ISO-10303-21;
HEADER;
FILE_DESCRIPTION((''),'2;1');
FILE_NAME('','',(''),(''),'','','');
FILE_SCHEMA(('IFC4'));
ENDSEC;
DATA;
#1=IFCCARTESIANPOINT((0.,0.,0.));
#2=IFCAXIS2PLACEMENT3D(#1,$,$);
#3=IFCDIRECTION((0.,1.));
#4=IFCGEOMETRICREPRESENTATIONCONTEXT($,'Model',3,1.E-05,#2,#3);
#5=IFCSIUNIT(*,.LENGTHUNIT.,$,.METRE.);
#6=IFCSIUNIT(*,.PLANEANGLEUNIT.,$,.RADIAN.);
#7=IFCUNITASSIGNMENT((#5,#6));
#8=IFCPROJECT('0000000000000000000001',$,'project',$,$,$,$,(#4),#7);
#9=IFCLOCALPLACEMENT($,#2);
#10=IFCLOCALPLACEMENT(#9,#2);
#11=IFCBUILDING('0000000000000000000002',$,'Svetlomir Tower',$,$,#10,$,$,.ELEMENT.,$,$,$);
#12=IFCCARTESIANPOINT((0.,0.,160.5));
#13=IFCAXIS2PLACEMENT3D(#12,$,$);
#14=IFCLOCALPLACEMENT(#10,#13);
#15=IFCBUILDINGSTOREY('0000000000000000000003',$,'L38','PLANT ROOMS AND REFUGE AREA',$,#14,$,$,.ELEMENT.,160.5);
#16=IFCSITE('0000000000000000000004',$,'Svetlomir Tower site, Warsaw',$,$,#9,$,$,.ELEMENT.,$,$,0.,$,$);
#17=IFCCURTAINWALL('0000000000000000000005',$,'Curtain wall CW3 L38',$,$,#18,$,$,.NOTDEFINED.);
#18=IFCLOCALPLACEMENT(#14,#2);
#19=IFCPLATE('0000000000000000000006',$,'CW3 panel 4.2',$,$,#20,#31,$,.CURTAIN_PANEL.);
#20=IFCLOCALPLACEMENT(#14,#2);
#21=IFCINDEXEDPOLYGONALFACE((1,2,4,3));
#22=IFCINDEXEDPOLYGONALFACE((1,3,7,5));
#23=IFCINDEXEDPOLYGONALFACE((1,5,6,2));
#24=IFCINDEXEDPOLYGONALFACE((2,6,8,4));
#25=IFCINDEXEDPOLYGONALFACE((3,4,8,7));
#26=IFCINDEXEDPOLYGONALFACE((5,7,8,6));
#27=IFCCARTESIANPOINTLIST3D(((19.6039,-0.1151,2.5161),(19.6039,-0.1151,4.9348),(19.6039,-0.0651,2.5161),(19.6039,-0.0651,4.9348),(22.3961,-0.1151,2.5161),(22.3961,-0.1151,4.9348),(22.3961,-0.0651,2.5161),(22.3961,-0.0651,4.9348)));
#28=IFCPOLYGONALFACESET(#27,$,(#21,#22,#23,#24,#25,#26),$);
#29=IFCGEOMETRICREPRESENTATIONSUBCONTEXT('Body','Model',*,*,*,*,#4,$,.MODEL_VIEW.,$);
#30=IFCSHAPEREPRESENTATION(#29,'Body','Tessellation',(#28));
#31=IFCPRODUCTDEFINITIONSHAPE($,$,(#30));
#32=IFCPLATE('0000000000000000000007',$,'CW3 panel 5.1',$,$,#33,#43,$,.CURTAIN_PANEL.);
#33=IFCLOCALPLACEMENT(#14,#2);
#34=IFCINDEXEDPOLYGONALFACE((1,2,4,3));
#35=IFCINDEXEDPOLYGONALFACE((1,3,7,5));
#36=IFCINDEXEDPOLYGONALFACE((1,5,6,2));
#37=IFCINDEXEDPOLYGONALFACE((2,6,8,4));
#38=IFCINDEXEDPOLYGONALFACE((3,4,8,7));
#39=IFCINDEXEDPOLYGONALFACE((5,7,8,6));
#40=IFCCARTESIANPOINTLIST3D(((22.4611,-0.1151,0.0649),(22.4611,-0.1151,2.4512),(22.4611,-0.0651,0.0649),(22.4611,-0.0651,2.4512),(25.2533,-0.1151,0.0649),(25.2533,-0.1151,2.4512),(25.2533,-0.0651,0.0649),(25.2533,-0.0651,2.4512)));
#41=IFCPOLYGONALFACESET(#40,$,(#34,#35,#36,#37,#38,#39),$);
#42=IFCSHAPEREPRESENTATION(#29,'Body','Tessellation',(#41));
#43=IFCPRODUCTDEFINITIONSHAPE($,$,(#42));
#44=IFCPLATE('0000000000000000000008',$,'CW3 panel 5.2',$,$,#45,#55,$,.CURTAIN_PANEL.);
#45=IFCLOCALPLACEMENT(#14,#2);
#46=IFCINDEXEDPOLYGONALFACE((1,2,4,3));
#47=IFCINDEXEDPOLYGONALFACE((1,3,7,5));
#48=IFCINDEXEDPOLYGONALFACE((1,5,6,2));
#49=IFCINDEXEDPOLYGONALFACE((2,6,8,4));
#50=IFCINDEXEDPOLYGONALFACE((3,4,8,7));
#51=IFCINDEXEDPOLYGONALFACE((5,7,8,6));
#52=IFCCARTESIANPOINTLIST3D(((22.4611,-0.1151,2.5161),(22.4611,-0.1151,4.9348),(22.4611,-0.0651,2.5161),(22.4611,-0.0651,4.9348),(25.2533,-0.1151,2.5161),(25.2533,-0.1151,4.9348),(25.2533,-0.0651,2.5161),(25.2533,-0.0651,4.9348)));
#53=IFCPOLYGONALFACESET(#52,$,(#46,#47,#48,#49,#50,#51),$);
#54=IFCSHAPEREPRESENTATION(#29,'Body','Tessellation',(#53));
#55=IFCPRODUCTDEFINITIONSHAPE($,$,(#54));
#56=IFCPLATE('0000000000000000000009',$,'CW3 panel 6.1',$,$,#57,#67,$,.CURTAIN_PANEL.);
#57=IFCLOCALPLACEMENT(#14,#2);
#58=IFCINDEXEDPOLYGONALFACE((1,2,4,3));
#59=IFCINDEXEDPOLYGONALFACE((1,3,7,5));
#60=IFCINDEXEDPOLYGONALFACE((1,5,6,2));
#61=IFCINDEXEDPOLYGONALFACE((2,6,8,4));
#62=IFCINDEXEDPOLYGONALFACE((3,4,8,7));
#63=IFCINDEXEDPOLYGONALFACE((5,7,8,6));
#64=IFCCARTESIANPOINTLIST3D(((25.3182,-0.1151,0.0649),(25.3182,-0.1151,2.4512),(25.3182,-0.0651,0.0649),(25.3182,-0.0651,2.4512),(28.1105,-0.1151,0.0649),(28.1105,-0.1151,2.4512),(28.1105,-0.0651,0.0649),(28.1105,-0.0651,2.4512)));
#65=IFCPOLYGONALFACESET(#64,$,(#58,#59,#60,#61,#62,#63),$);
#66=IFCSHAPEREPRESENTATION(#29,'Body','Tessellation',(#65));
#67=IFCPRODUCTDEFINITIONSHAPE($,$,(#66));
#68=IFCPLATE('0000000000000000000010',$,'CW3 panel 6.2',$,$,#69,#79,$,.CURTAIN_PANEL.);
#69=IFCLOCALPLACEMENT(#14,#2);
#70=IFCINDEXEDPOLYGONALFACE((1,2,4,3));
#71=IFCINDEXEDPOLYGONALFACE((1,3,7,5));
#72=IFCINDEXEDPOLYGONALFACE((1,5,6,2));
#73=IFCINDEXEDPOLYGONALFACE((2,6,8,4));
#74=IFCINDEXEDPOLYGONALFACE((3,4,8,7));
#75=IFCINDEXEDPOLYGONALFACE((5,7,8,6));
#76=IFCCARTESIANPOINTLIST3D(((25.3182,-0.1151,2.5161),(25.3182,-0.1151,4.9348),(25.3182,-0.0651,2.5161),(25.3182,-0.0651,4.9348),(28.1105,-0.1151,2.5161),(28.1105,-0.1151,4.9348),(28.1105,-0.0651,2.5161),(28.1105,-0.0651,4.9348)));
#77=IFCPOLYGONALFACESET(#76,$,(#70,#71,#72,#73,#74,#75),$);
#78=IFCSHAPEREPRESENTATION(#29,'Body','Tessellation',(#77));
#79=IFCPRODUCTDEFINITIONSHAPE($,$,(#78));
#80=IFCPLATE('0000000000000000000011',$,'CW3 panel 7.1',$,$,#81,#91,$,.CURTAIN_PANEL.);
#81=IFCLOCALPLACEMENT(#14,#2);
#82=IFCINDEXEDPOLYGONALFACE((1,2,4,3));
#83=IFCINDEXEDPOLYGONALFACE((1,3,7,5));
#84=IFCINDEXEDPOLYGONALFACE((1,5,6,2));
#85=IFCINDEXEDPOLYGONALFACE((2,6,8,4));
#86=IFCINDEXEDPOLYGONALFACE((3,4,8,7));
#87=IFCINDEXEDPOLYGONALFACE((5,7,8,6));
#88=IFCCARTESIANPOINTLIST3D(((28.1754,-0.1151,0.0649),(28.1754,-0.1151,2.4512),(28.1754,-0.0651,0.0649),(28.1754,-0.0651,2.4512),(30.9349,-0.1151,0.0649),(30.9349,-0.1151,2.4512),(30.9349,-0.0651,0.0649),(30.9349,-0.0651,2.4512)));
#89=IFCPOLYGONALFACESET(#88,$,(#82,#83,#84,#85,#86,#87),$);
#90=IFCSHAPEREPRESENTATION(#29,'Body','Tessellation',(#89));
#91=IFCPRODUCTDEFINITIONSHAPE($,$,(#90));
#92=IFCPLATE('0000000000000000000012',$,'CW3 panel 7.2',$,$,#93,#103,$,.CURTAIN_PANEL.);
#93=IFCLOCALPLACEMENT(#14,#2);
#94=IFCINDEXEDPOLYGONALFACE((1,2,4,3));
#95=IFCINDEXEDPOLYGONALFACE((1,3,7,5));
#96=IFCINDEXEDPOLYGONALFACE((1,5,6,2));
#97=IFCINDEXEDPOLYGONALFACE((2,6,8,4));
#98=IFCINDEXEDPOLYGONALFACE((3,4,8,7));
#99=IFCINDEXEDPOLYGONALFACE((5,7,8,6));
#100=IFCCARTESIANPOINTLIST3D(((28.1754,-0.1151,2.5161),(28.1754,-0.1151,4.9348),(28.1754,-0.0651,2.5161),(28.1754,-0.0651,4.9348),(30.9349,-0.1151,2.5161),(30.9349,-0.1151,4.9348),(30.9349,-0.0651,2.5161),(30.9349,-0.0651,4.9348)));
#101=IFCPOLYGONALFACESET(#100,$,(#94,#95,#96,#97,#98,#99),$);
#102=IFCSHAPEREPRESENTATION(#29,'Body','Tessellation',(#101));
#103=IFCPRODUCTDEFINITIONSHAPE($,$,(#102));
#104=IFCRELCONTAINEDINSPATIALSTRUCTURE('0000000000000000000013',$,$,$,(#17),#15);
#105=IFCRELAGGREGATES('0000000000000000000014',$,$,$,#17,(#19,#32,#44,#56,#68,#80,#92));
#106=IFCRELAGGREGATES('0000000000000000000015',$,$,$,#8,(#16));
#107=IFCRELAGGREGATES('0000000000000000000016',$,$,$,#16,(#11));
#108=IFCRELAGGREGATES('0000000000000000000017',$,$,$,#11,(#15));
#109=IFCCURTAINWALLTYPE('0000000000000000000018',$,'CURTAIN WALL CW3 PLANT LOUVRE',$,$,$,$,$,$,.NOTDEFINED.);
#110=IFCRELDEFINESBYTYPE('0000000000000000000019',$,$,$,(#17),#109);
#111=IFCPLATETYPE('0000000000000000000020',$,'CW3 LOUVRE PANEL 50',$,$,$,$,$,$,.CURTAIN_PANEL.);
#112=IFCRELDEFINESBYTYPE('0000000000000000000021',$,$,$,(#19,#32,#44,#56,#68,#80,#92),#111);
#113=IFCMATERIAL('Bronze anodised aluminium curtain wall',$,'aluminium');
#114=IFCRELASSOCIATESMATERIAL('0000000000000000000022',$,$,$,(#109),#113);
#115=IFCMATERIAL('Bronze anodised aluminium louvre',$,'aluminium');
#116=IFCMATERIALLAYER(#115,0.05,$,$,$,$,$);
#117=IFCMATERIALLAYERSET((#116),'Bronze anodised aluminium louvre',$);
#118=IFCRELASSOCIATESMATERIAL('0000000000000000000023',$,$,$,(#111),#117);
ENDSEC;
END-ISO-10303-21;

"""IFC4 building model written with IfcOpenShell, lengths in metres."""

from ifc_helpers import new_model, si_unit, direction, frame, origin, origin_2d, place, context, subcontext, project, spatial, rectangle, extrude, material, layer, layer_set, type_object, element, aggregate, save


model = new_model("IFC4")

# Units and contexts
model_context = context("Model", 3, precision=1e-05, world=origin(), true_north=direction((0.0, 1.0)))
body_context = subcontext(model_context, "Body", "Model", "MODEL_VIEW")
ifc_project = project(units=[si_unit("LENGTHUNIT", "METRE"), si_unit("PLANEANGLEUNIT", "RADIAN")], contexts=[model_context])

# Site, building, storey
site_placement = place(None, origin())
site = spatial("IfcSite", under=ifc_project, at=site_placement, Name="Svetlomir Tower site, Warsaw", CompositionType="ELEMENT", RefElevation=0.0)
building_placement = place(site_placement, origin())
building = spatial("IfcBuilding", under=site, at=building_placement, Name="Svetlomir Tower", CompositionType="ELEMENT")
storey_placement = place(building_placement, frame((0.0, 0.0, 160.5)))
storey = spatial("IfcBuildingStorey", under=building, at=storey_placement, Name="L38", Description="PLANT ROOMS AND REFUGE AREA", CompositionType="ELEMENT", Elevation=160.5)

# Curtain wall
ifc_material_1 = material(Name="Bronze anodised aluminium curtain wall", Category="aluminium")
curtain_wall_type = type_object("IfcCurtainWallType", Name="CURTAIN WALL CW3 PLANT LOUVRE", PredefinedType="NOTDEFINED", material=ifc_material_1)
curtain_wall_1_placement = place(storey_placement, origin())
curtain_wall_1 = element("IfcCurtainWall", 1, at=curtain_wall_1_placement, inside=storey, type_object=curtain_wall_type, Name="Curtain wall CW3 L38", PredefinedType="NOTDEFINED")

# Plates
ifc_material_2 = material(Name="Bronze anodised aluminium louvre", Category="aluminium")
ifc_layer = layer(ifc_material_2, 0.05)
ifc_layer_set = layer_set([ifc_layer], Name="Bronze anodised aluminium louvre")
plate_type = type_object("IfcPlateType", Name="CW3 LOUVRE PANEL 50", PredefinedType="CURTAIN_PANEL", material=ifc_layer_set)
plate_1_placement = place(storey_placement, frame((21.0, -0.0901, 2.5161), z_axis=(0.0, 0.0, 1.0), x_axis=(1.0, 0.0, 0.0)))
plate_1 = element("IfcPlate", 2, at=plate_1_placement, type_object=plate_type, Name="CW3 panel 4.2", PredefinedType="CURTAIN_PANEL", context=body_context, shape_type="SweptSolid", body=[
    extrude(rectangle(XDim=2.7922, YDim=0.05, at=origin_2d()), origin(), (0.0, 0.0, 1.0), 2.4187),
])
plate_2_placement = place(storey_placement, frame((23.8572, -0.0901, 0.0649), z_axis=(0.0, 0.0, 1.0), x_axis=(1.0, 0.0, 0.0)))
plate_2 = element("IfcPlate", 3, at=plate_2_placement, type_object=plate_type, Name="CW3 panel 5.1", PredefinedType="CURTAIN_PANEL", context=body_context, shape_type="SweptSolid", body=[
    extrude(rectangle(XDim=2.7922, YDim=0.05, at=origin_2d()), origin(), (0.0, 0.0, 1.0), 2.3862),
])
plate_3_placement = place(storey_placement, frame((23.8572, -0.0901, 2.5161), z_axis=(0.0, 0.0, 1.0), x_axis=(1.0, 0.0, 0.0)))
plate_3 = element("IfcPlate", 4, at=plate_3_placement, type_object=plate_type, Name="CW3 panel 5.2", PredefinedType="CURTAIN_PANEL", context=body_context, shape_type="SweptSolid", body=[
    extrude(rectangle(XDim=2.7922, YDim=0.05, at=origin_2d()), origin(), (0.0, 0.0, 1.0), 2.4187),
])
plate_4_placement = place(storey_placement, frame((26.7144, -0.0901, 0.0649), z_axis=(0.0, 0.0, 1.0), x_axis=(1.0, 0.0, 0.0)))
plate_4 = element("IfcPlate", 5, at=plate_4_placement, type_object=plate_type, Name="CW3 panel 6.1", PredefinedType="CURTAIN_PANEL", context=body_context, shape_type="SweptSolid", body=[
    extrude(rectangle(XDim=2.7922, YDim=0.05, at=origin_2d()), origin(), (0.0, 0.0, 1.0), 2.3862),
])
plate_5_placement = place(storey_placement, frame((26.7144, -0.0901, 2.5161), z_axis=(0.0, 0.0, 1.0), x_axis=(1.0, 0.0, 0.0)))
plate_5 = element("IfcPlate", 6, at=plate_5_placement, type_object=plate_type, Name="CW3 panel 6.2", PredefinedType="CURTAIN_PANEL", context=body_context, shape_type="SweptSolid", body=[
    extrude(rectangle(XDim=2.7922, YDim=0.05, at=origin_2d()), origin(), (0.0, 0.0, 1.0), 2.4187),
])
plate_6_placement = place(storey_placement, frame((29.5552, -0.0901, 0.0649), z_axis=(0.0, 0.0, 1.0), x_axis=(1.0, 0.0, 0.0)))
plate_6 = element("IfcPlate", 7, at=plate_6_placement, type_object=plate_type, Name="CW3 panel 7.1", PredefinedType="CURTAIN_PANEL", context=body_context, shape_type="SweptSolid", body=[
    extrude(rectangle(XDim=2.7595, YDim=0.05, at=origin_2d()), origin(), (0.0, 0.0, 1.0), 2.3862),
])
plate_7_placement = place(storey_placement, frame((29.5552, -0.0901, 2.5161), z_axis=(0.0, 0.0, 1.0), x_axis=(1.0, 0.0, 0.0)))
plate_7 = element("IfcPlate", 8, at=plate_7_placement, type_object=plate_type, Name="CW3 panel 7.2", PredefinedType="CURTAIN_PANEL", context=body_context, shape_type="SweptSolid", body=[
    extrude(rectangle(XDim=2.7595, YDim=0.05, at=origin_2d()), origin(), (0.0, 0.0, 1.0), 2.4187),
])
aggregate(curtain_wall_1, [plate_1, plate_2, plate_3, plate_4, plate_5, plate_6, plate_7])

save(model, "model.ifc")
